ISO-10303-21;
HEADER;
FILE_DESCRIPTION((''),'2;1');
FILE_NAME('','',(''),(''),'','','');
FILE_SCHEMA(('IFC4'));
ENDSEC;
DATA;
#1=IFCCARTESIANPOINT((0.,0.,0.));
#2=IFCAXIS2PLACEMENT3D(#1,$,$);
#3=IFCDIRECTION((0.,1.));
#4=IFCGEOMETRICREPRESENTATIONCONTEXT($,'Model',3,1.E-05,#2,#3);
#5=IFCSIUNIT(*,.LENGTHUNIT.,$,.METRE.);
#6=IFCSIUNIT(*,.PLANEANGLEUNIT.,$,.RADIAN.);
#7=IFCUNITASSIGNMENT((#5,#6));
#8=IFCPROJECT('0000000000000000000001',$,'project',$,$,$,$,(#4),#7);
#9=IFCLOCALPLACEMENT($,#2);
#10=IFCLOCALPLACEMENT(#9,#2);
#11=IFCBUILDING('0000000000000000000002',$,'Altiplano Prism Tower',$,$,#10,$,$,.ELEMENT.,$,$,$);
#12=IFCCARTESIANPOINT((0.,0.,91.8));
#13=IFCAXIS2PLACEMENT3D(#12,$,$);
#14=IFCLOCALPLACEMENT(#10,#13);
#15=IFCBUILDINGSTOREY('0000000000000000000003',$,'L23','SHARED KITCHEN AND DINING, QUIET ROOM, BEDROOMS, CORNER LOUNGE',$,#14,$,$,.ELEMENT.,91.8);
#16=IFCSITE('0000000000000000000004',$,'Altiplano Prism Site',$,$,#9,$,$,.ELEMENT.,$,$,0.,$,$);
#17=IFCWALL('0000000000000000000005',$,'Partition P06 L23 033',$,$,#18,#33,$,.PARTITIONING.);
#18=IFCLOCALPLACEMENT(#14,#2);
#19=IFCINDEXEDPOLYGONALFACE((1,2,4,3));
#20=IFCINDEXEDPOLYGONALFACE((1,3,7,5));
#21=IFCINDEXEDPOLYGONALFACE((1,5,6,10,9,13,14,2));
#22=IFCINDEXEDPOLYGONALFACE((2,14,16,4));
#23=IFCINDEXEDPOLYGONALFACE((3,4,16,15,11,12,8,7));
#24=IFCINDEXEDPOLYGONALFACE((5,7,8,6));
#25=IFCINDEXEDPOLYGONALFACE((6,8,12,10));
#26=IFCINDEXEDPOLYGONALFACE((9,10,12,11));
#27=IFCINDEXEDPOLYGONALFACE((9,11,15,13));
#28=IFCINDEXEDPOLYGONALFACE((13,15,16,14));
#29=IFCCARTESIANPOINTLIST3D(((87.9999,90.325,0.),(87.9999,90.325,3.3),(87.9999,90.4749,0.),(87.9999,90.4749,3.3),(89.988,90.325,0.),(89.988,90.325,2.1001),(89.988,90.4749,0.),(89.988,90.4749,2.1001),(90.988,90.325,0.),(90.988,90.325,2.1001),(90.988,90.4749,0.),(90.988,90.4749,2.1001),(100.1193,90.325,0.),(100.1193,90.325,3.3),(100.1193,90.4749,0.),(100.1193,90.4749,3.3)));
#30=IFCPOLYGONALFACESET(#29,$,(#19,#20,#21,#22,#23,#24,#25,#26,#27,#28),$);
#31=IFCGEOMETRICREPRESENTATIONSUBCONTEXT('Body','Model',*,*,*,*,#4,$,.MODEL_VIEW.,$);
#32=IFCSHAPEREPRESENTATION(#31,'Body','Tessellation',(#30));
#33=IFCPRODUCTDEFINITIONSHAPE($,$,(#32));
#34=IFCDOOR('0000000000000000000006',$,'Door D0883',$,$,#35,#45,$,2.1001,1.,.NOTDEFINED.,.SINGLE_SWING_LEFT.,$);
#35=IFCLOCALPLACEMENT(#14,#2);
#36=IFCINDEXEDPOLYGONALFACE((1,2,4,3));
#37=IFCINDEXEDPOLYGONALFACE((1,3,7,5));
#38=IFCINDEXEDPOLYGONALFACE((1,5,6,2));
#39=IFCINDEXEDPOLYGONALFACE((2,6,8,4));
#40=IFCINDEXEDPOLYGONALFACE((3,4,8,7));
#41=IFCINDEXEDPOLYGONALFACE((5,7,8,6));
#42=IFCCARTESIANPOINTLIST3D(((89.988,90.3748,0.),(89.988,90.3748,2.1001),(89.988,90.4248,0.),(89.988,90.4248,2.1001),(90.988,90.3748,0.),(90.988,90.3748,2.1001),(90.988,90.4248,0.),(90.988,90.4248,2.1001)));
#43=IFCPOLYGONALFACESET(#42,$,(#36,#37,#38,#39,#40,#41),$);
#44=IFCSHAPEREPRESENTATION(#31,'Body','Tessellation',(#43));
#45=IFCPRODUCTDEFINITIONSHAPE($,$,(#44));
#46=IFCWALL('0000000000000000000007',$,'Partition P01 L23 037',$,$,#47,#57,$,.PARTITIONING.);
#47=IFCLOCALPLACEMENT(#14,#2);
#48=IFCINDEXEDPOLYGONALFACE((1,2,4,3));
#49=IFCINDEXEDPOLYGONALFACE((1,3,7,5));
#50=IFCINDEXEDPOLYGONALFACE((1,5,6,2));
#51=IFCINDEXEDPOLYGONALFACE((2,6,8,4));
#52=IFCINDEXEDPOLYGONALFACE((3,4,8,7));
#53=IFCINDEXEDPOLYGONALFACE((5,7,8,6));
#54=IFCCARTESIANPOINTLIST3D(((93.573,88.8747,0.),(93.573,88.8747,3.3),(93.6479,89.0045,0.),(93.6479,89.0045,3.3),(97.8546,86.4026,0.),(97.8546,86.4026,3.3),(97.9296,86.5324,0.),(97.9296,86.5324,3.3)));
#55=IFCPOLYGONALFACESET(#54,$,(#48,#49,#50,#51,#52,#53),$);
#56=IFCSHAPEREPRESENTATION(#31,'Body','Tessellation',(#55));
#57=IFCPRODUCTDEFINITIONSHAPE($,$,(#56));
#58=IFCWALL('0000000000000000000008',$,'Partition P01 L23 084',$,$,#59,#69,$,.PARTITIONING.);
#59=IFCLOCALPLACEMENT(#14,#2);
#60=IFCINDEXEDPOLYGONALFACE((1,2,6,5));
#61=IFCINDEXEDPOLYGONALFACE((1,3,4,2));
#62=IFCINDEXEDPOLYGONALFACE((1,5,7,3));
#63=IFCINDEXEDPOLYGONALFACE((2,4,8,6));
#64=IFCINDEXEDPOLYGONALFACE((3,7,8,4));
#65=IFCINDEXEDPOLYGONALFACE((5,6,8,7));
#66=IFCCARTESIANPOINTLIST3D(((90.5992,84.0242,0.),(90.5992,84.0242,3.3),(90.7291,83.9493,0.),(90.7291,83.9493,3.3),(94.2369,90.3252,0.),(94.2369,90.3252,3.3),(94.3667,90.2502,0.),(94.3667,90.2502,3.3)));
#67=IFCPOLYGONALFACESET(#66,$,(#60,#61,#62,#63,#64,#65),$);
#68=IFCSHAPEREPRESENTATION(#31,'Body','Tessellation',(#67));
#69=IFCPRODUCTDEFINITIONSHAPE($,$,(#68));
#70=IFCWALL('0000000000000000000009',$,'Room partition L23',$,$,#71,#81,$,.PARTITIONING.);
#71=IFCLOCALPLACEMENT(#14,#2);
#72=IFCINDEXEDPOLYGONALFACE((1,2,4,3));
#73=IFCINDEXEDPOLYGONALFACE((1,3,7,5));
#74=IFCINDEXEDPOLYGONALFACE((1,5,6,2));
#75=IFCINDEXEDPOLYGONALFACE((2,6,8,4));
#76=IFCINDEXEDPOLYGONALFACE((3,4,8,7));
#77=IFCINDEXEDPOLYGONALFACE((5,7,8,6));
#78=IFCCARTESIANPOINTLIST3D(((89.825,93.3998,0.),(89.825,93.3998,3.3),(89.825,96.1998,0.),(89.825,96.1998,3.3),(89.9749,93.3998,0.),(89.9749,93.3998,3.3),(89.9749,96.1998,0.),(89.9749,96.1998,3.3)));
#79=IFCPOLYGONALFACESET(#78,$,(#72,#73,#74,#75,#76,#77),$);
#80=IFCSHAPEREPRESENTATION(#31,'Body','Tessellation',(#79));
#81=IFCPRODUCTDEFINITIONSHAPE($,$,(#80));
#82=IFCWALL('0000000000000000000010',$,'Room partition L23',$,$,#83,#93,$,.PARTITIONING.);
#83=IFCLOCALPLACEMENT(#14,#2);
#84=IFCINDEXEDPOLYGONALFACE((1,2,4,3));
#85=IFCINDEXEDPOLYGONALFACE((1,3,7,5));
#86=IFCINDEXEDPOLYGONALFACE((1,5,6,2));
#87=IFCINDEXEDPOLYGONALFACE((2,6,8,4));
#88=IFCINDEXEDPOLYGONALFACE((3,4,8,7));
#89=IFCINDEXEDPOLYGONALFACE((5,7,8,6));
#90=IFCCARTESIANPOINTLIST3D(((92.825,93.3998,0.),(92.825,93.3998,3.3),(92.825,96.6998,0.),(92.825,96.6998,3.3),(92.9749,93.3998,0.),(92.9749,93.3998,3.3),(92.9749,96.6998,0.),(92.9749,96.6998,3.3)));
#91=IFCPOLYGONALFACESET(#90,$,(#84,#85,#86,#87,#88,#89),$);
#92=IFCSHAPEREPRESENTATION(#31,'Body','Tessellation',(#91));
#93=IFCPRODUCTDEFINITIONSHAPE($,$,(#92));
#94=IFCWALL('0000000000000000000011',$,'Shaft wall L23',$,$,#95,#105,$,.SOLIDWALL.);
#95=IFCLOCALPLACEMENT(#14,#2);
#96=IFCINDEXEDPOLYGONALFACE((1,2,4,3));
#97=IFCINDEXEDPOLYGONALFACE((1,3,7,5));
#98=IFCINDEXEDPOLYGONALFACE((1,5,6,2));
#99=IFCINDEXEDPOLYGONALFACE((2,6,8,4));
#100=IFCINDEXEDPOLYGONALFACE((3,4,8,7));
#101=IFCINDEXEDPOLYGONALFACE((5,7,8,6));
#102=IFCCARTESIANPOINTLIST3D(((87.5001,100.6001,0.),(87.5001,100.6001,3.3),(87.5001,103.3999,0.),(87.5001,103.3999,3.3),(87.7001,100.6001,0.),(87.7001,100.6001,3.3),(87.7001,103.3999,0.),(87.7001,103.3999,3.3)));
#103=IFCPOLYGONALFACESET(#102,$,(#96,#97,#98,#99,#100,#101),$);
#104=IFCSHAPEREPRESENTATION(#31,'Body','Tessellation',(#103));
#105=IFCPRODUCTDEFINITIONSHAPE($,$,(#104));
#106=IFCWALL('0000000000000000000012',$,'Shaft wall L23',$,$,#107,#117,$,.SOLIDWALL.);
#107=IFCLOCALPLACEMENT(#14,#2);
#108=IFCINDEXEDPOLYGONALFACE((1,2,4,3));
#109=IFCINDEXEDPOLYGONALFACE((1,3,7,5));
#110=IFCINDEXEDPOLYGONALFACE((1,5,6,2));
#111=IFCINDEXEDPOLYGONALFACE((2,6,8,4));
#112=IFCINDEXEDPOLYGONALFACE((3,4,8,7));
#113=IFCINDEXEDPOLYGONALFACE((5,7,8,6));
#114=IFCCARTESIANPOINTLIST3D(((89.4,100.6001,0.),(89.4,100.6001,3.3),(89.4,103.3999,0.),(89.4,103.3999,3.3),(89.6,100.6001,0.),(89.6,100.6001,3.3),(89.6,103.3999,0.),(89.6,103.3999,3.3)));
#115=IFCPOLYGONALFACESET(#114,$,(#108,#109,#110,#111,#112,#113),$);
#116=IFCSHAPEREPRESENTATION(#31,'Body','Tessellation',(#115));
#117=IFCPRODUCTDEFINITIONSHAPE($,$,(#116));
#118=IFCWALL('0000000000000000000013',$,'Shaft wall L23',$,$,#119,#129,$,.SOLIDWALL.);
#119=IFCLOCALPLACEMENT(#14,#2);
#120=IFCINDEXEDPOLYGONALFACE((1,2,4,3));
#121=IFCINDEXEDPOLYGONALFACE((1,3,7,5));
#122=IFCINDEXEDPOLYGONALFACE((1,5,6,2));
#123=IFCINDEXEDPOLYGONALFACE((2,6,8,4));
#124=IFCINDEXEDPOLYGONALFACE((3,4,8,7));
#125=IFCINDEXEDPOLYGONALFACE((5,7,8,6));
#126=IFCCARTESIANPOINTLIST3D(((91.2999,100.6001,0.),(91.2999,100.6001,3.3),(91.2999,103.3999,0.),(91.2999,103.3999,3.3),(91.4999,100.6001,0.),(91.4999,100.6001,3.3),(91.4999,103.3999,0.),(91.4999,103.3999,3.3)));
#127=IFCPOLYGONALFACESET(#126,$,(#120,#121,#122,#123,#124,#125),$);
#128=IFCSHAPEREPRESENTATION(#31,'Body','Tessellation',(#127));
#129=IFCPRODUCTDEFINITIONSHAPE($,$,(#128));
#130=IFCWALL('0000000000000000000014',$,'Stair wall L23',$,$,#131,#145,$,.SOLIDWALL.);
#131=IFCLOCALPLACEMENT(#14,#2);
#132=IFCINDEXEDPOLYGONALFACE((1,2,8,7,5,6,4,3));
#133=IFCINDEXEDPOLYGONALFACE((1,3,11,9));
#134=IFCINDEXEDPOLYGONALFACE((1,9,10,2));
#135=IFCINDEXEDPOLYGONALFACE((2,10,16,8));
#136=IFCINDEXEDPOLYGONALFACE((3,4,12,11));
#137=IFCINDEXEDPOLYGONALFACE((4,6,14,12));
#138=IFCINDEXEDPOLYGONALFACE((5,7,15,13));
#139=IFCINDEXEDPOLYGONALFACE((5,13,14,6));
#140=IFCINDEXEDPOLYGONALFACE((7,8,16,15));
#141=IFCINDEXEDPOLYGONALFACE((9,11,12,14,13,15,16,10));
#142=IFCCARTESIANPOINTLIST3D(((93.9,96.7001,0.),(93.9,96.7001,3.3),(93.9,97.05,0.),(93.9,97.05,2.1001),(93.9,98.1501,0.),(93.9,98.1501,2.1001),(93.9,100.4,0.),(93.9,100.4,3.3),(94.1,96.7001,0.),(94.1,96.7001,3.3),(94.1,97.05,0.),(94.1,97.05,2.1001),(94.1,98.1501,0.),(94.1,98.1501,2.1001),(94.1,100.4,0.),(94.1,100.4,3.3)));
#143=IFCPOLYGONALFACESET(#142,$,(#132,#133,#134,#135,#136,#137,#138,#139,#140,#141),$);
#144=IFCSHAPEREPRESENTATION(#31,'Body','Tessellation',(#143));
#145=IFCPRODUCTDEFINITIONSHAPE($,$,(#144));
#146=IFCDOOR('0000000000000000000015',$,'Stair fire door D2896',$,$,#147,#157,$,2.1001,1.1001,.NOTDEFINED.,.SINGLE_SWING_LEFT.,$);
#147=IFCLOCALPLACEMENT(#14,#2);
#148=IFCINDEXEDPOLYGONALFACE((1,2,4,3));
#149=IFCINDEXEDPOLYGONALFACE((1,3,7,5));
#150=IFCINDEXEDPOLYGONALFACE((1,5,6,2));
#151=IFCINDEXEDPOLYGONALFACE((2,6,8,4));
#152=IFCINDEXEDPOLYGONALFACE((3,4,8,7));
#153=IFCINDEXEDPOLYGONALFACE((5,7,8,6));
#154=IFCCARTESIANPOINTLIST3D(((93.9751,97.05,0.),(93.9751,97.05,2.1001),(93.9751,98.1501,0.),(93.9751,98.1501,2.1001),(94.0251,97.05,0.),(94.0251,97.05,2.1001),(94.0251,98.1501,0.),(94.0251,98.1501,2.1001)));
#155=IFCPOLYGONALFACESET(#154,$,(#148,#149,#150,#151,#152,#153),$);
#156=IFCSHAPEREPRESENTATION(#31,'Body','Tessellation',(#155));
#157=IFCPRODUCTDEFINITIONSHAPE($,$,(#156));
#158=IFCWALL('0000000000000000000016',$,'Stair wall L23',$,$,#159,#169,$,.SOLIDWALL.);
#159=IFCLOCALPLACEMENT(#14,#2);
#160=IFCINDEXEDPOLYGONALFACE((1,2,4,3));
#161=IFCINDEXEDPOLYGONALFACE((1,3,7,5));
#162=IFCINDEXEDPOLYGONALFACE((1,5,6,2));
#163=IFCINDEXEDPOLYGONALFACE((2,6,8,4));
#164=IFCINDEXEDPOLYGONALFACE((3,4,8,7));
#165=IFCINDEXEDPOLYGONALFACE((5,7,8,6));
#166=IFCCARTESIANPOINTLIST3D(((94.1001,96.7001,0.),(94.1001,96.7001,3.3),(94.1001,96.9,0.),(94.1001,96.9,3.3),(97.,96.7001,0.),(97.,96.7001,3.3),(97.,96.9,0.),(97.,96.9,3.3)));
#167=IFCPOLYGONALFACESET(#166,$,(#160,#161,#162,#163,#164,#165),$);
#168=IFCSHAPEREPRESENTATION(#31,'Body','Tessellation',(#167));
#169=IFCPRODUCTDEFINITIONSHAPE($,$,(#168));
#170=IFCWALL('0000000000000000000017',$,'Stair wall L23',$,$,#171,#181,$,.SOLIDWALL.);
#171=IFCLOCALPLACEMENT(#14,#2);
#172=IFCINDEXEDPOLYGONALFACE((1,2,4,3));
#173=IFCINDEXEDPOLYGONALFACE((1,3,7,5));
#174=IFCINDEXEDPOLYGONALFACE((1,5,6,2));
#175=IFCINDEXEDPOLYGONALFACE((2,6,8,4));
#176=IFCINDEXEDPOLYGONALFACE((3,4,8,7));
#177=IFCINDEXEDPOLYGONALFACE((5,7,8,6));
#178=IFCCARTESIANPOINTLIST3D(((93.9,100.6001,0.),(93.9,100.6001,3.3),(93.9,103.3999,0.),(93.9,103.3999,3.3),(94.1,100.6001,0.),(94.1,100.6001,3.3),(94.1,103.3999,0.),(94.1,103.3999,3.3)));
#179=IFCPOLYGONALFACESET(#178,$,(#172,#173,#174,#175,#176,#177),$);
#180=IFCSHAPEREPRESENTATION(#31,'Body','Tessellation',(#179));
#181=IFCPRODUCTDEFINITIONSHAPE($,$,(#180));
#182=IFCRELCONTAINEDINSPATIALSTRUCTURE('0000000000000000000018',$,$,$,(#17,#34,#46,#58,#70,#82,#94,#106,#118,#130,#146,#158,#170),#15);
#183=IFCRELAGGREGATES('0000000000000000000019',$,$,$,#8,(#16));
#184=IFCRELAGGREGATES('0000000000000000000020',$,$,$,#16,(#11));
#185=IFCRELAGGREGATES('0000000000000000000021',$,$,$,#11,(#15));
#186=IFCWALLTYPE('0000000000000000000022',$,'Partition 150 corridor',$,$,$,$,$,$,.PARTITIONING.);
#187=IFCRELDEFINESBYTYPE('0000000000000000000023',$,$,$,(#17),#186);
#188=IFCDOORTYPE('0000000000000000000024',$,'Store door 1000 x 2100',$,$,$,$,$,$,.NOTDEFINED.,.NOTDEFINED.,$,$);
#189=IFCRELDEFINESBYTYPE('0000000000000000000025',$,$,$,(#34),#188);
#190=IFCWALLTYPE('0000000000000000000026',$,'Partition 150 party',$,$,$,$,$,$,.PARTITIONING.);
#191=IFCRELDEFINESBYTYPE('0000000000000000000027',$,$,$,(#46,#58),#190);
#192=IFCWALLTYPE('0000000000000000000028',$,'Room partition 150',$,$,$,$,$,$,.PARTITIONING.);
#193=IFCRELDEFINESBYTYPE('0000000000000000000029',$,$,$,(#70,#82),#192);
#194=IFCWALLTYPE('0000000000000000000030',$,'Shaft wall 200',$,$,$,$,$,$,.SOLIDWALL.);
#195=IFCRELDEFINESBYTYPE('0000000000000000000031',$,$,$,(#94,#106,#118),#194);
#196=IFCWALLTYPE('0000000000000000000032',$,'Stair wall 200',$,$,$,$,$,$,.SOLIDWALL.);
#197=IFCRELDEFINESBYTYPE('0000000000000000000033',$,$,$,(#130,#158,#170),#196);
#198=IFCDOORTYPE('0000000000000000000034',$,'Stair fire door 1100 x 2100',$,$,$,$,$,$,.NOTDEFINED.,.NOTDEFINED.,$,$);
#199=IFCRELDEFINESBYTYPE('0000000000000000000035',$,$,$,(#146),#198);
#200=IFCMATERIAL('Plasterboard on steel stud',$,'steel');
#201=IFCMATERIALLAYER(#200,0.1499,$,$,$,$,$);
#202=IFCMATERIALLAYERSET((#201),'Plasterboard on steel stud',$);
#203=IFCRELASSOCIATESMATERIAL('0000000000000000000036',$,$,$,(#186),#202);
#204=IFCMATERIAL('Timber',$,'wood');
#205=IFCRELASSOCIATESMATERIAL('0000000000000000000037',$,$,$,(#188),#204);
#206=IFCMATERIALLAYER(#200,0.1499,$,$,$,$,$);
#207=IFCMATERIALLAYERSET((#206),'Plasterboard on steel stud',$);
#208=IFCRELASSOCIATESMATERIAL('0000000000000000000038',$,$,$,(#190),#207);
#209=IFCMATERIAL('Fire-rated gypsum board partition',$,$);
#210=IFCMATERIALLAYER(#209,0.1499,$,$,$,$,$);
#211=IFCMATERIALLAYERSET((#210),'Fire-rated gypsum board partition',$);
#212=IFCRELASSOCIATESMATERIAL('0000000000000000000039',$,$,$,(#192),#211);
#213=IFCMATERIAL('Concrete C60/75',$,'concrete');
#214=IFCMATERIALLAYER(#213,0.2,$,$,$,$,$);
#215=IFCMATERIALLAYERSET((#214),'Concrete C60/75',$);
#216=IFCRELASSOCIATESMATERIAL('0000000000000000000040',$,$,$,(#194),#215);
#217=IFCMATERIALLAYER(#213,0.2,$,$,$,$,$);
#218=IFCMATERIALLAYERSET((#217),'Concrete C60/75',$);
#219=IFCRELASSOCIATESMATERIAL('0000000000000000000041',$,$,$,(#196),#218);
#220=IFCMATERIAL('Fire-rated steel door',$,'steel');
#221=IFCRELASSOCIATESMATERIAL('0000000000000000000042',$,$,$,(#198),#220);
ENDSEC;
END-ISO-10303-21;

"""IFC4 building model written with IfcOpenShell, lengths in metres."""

from ifc_helpers import new_model, si_unit, direction, frame, frame_2d, origin, place, context, subcontext, project, spatial, rectangle, extrude, material, layer, layer_set, type_object, element, fill, save


model = new_model("IFC4")

# Units and contexts
model_context = context("Model", 3, precision=1e-05, world=origin(), true_north=direction((0.0, 1.0)))
body_context = subcontext(model_context, "Body", "Model", "MODEL_VIEW")
ifc_project = project(units=[si_unit("LENGTHUNIT", "METRE"), si_unit("PLANEANGLEUNIT", "RADIAN")], contexts=[model_context])

# Site, building, storey
site_placement = place(None, origin())
site = spatial("IfcSite", under=ifc_project, at=site_placement, Name="Altiplano Prism Site", CompositionType="ELEMENT", RefElevation=0.0)
building_placement = place(site_placement, origin())
building = spatial("IfcBuilding", under=site, at=building_placement, Name="Altiplano Prism Tower", CompositionType="ELEMENT")
storey_placement = place(building_placement, frame((0.0, 0.0, 91.8)))
storey = spatial("IfcBuildingStorey", under=building, at=storey_placement, Name="L23", Description="SHARED KITCHEN AND DINING, QUIET ROOM, BEDROOMS, CORNER LOUNGE", CompositionType="ELEMENT", Elevation=91.8)

# Wall, opening, door
ifc_material_1 = material(Name="Plasterboard on steel stud", Category="steel")
ifc_layer_1 = layer(ifc_material_1, 0.1499)
ifc_layer_set_1 = layer_set([ifc_layer_1], Name="Plasterboard on steel stud")
wall_type_1 = type_object("IfcWallType", Name="Partition 150 corridor", PredefinedType="PARTITIONING", material=ifc_layer_set_1)
wall_1_placement = place(storey_placement, frame((88.0, 90.3999, 0.0), z_axis=(0.0, 0.0, 1.0), x_axis=(1.0, 0.0, 0.0)))
wall_1 = element("IfcWall", 1, at=wall_1_placement, inside=storey, type_object=wall_type_1, Name="Partition P06 L23 033", PredefinedType="PARTITIONING", context=body_context, shape_type="SweptSolid", body=[
    extrude(rectangle(XDim=12.1194, YDim=0.1499, at=frame_2d((6.0596, 0.0))), origin(), (0.0, 0.0, 1.0), 3.3),
])
opening_1_placement = place(wall_1_placement, frame((1.988, 0.0, 0.0)))
opening_1 = element("IfcOpeningElement", 2, at=opening_1_placement, cuts=wall_1, PredefinedType="OPENING", context=body_context, shape_type="SweptSolid", body=[
    extrude(rectangle(XDim=1.0, YDim=2.1001, at=frame_2d((0.5, 1.05))), frame((0.0, 0.0854, 0.0), z_axis=(0.0, -1.0, 0.0), x_axis=(1.0, 0.0, 0.0)), (0.0, 0.0, 1.0), 0.1709),
])
ifc_material_2 = material(Name="Timber", Category="wood")
door_type_1 = type_object("IfcDoorType", Name="Store door 1000 x 2100", OperationType="NOTDEFINED", PredefinedType="NOTDEFINED", material=ifc_material_2)
door_1_placement = place(opening_1_placement, origin())
door_1 = element("IfcDoor", 3, at=door_1_placement, inside=storey, type_object=door_type_1, Name="Door D0883", OperationType="SINGLE_SWING_LEFT", OverallHeight=2.1001, OverallWidth=1.0, PredefinedType="NOTDEFINED", context=body_context, shape_type="SweptSolid", body=[
    extrude(rectangle(XDim=1.0, YDim=2.1001, at=frame_2d((0.5, 1.05))), frame((0.0, 0.0249, 0.0), z_axis=(0.0, -1.0, 0.0), x_axis=(1.0, 0.0, 0.0)), (0.0, 0.0, 1.0), 0.05),
])
fill(opening_1, door_1)

# Walls
ifc_layer_2 = layer(ifc_material_1, 0.1499)
ifc_layer_set_2 = layer_set([ifc_layer_2], Name="Plasterboard on steel stud")
wall_type_2 = type_object("IfcWallType", Name="Partition 150 party", PredefinedType="PARTITIONING", material=ifc_layer_set_2)
wall_2_placement = place(storey_placement, frame((93.6104, 88.9397, 0.0), z_axis=(0.0, 0.0, 1.0), x_axis=(0.866016, -0.500016, 0.0)))
element("IfcWall", 4, at=wall_2_placement, inside=storey, type_object=wall_type_2, Name="Partition P01 L23 037", PredefinedType="PARTITIONING", context=body_context, shape_type="SweptSolid", body=[
    extrude(rectangle(XDim=4.9441, YDim=0.1499, at=frame_2d((2.4722, 0.0))), origin(), (0.0, 0.0, 1.0), 3.3),
])
wall_3_placement = place(storey_placement, frame((94.3018, 90.2876, 0.0), z_axis=(0.0, 0.0, 1.0), x_axis=(-0.499979, -0.866038, 0.0)))
element("IfcWall", 5, at=wall_3_placement, inside=storey, type_object=wall_type_2, Name="Partition P01 L23 084", PredefinedType="PARTITIONING", context=body_context, shape_type="SweptSolid", body=[
    extrude(rectangle(XDim=7.2756, YDim=0.1499, at=frame_2d((3.6377, 0.0))), origin(), (0.0, 0.0, 1.0), 3.3),
])
ifc_material_3 = material(Name="Fire-rated gypsum board partition")
ifc_layer_3 = layer(ifc_material_3, 0.1499)
ifc_layer_set_3 = layer_set([ifc_layer_3], Name="Fire-rated gypsum board partition")
wall_type_3 = type_object("IfcWallType", Name="Room partition 150", PredefinedType="PARTITIONING", material=ifc_layer_set_3)
wall_4_placement = place(storey_placement, frame((89.8999, 93.3999, 0.0), z_axis=(0.0, 0.0, 1.0), x_axis=(0.0, 1.0, 0.0)))
element("IfcWall", 6, at=wall_4_placement, inside=storey, type_object=wall_type_3, Name="Room partition L23", PredefinedType="PARTITIONING", context=body_context, shape_type="SweptSolid", body=[
    extrude(rectangle(XDim=2.8, YDim=0.1499, at=frame_2d((1.3999, 0.0))), origin(), (0.0, 0.0, 1.0), 3.3),
])
wall_5_placement = place(storey_placement, frame((92.8999, 93.3999, 0.0), z_axis=(0.0, 0.0, 1.0), x_axis=(0.0, 1.0, 0.0)))
element("IfcWall", 7, at=wall_5_placement, inside=storey, type_object=wall_type_3, Name="Room partition L23", PredefinedType="PARTITIONING", context=body_context, shape_type="SweptSolid", body=[
    extrude(rectangle(XDim=3.3, YDim=0.1499, at=frame_2d((1.6499, 0.0))), origin(), (0.0, 0.0, 1.0), 3.3),
])
ifc_material_4 = material(Name="Concrete C60/75", Category="concrete")
ifc_layer_4 = layer(ifc_material_4, 0.2)
ifc_layer_set_4 = layer_set([ifc_layer_4], Name="Concrete C60/75")
wall_type_4 = type_object("IfcWallType", Name="Shaft wall 200", PredefinedType="SOLIDWALL", material=ifc_layer_set_4)
for number, where, z_axis, x_axis, name in (
    (8, (87.6001, 100.6001, 0.0), (0.0, 0.0, 1.0), (0.0, 1.0, 0.0), "Shaft wall L23"),
    (9, (89.5, 100.6001, 0.0), (0.0, 0.0, 1.0), (0.0, 1.0, 0.0), "Shaft wall L23"),
    (10, (91.3999, 100.6001, 0.0), (0.0, 0.0, 1.0), (0.0, 1.0, 0.0), "Shaft wall L23"),
):
    element("IfcWall", number, at=place(storey_placement, frame(where, z_axis=z_axis, x_axis=x_axis)), inside=storey, type_object=wall_type_4, Name=name, PredefinedType="SOLIDWALL", context=body_context, shape_type="SweptSolid", body=[
        extrude(rectangle(XDim=2.7998, YDim=0.2, at=frame_2d((1.3999, 0.0))), origin(), (0.0, 0.0, 1.0), 3.3),
    ])

# Wall, opening, door
ifc_layer_5 = layer(ifc_material_4, 0.2)
ifc_layer_set_5 = layer_set([ifc_layer_5], Name="Concrete C60/75")
wall_type_5 = type_object("IfcWallType", Name="Stair wall 200", PredefinedType="SOLIDWALL", material=ifc_layer_set_5)
wall_6_placement = place(storey_placement, frame((94.0, 96.7, 0.0), z_axis=(0.0, 0.0, 1.0), x_axis=(0.0, 1.0, 0.0)))
wall_6 = element("IfcWall", 11, at=wall_6_placement, inside=storey, type_object=wall_type_5, Name="Stair wall L23", PredefinedType="SOLIDWALL", context=body_context, shape_type="SweptSolid", body=[
    extrude(rectangle(XDim=3.7, YDim=0.2, at=frame_2d((1.8501, 0.0))), origin(), (0.0, 0.0, 1.0), 3.3),
])
opening_2_placement = place(wall_6_placement, frame((0.3501, 0.0, 0.0)))
opening_2 = element("IfcOpeningElement", 12, at=opening_2_placement, cuts=wall_6, PredefinedType="OPENING", context=body_context, shape_type="SweptSolid", body=[
    extrude(rectangle(XDim=1.1001, YDim=2.1001, at=frame_2d((0.55, 1.05))), frame((0.0, 0.1104, 0.0), z_axis=(0.0, -1.0, 0.0), x_axis=(1.0, 0.0, 0.0)), (0.0, 0.0, 1.0), 0.2209),
])
ifc_material_5 = material(Name="Fire-rated steel door", Category="steel")
door_type_2 = type_object("IfcDoorType", Name="Stair fire door 1100 x 2100", OperationType="NOTDEFINED", PredefinedType="NOTDEFINED", material=ifc_material_5)
door_2_placement = place(opening_2_placement, origin())
door_2 = element("IfcDoor", 13, at=door_2_placement, inside=storey, type_object=door_type_2, Name="Stair fire door D2896", OperationType="SINGLE_SWING_LEFT", OverallHeight=2.1001, OverallWidth=1.1001, PredefinedType="NOTDEFINED", context=body_context, shape_type="SweptSolid", body=[
    extrude(rectangle(XDim=1.1001, YDim=2.1001, at=frame_2d((0.55, 1.05))), frame((0.0, 0.0249, 0.0), z_axis=(0.0, -1.0, 0.0), x_axis=(1.0, 0.0, 0.0)), (0.0, 0.0, 1.0), 0.05),
])
fill(opening_2, door_2)

# Walls
wall_7_placement = place(storey_placement, frame((94.1001, 96.8, 0.0), z_axis=(0.0, 0.0, 1.0), x_axis=(1.0, 0.0, 0.0)))
element("IfcWall", 14, at=wall_7_placement, inside=storey, type_object=wall_type_5, Name="Stair wall L23", PredefinedType="SOLIDWALL", context=body_context, shape_type="SweptSolid", body=[
    extrude(rectangle(XDim=2.8999, YDim=0.2, at=frame_2d((1.45, 0.0))), origin(), (0.0, 0.0, 1.0), 3.3),
])
wall_8_placement = place(storey_placement, frame((94.0, 100.6001, 0.0), z_axis=(0.0, 0.0, 1.0), x_axis=(0.0, 1.0, 0.0)))
element("IfcWall", 15, at=wall_8_placement, inside=storey, type_object=wall_type_5, Name="Stair wall L23", PredefinedType="SOLIDWALL", context=body_context, shape_type="SweptSolid", body=[
    extrude(rectangle(XDim=2.7998, YDim=0.2, at=frame_2d((1.3999, 0.0))), origin(), (0.0, 0.0, 1.0), 3.3),
])

save(model, "model.ifc")
